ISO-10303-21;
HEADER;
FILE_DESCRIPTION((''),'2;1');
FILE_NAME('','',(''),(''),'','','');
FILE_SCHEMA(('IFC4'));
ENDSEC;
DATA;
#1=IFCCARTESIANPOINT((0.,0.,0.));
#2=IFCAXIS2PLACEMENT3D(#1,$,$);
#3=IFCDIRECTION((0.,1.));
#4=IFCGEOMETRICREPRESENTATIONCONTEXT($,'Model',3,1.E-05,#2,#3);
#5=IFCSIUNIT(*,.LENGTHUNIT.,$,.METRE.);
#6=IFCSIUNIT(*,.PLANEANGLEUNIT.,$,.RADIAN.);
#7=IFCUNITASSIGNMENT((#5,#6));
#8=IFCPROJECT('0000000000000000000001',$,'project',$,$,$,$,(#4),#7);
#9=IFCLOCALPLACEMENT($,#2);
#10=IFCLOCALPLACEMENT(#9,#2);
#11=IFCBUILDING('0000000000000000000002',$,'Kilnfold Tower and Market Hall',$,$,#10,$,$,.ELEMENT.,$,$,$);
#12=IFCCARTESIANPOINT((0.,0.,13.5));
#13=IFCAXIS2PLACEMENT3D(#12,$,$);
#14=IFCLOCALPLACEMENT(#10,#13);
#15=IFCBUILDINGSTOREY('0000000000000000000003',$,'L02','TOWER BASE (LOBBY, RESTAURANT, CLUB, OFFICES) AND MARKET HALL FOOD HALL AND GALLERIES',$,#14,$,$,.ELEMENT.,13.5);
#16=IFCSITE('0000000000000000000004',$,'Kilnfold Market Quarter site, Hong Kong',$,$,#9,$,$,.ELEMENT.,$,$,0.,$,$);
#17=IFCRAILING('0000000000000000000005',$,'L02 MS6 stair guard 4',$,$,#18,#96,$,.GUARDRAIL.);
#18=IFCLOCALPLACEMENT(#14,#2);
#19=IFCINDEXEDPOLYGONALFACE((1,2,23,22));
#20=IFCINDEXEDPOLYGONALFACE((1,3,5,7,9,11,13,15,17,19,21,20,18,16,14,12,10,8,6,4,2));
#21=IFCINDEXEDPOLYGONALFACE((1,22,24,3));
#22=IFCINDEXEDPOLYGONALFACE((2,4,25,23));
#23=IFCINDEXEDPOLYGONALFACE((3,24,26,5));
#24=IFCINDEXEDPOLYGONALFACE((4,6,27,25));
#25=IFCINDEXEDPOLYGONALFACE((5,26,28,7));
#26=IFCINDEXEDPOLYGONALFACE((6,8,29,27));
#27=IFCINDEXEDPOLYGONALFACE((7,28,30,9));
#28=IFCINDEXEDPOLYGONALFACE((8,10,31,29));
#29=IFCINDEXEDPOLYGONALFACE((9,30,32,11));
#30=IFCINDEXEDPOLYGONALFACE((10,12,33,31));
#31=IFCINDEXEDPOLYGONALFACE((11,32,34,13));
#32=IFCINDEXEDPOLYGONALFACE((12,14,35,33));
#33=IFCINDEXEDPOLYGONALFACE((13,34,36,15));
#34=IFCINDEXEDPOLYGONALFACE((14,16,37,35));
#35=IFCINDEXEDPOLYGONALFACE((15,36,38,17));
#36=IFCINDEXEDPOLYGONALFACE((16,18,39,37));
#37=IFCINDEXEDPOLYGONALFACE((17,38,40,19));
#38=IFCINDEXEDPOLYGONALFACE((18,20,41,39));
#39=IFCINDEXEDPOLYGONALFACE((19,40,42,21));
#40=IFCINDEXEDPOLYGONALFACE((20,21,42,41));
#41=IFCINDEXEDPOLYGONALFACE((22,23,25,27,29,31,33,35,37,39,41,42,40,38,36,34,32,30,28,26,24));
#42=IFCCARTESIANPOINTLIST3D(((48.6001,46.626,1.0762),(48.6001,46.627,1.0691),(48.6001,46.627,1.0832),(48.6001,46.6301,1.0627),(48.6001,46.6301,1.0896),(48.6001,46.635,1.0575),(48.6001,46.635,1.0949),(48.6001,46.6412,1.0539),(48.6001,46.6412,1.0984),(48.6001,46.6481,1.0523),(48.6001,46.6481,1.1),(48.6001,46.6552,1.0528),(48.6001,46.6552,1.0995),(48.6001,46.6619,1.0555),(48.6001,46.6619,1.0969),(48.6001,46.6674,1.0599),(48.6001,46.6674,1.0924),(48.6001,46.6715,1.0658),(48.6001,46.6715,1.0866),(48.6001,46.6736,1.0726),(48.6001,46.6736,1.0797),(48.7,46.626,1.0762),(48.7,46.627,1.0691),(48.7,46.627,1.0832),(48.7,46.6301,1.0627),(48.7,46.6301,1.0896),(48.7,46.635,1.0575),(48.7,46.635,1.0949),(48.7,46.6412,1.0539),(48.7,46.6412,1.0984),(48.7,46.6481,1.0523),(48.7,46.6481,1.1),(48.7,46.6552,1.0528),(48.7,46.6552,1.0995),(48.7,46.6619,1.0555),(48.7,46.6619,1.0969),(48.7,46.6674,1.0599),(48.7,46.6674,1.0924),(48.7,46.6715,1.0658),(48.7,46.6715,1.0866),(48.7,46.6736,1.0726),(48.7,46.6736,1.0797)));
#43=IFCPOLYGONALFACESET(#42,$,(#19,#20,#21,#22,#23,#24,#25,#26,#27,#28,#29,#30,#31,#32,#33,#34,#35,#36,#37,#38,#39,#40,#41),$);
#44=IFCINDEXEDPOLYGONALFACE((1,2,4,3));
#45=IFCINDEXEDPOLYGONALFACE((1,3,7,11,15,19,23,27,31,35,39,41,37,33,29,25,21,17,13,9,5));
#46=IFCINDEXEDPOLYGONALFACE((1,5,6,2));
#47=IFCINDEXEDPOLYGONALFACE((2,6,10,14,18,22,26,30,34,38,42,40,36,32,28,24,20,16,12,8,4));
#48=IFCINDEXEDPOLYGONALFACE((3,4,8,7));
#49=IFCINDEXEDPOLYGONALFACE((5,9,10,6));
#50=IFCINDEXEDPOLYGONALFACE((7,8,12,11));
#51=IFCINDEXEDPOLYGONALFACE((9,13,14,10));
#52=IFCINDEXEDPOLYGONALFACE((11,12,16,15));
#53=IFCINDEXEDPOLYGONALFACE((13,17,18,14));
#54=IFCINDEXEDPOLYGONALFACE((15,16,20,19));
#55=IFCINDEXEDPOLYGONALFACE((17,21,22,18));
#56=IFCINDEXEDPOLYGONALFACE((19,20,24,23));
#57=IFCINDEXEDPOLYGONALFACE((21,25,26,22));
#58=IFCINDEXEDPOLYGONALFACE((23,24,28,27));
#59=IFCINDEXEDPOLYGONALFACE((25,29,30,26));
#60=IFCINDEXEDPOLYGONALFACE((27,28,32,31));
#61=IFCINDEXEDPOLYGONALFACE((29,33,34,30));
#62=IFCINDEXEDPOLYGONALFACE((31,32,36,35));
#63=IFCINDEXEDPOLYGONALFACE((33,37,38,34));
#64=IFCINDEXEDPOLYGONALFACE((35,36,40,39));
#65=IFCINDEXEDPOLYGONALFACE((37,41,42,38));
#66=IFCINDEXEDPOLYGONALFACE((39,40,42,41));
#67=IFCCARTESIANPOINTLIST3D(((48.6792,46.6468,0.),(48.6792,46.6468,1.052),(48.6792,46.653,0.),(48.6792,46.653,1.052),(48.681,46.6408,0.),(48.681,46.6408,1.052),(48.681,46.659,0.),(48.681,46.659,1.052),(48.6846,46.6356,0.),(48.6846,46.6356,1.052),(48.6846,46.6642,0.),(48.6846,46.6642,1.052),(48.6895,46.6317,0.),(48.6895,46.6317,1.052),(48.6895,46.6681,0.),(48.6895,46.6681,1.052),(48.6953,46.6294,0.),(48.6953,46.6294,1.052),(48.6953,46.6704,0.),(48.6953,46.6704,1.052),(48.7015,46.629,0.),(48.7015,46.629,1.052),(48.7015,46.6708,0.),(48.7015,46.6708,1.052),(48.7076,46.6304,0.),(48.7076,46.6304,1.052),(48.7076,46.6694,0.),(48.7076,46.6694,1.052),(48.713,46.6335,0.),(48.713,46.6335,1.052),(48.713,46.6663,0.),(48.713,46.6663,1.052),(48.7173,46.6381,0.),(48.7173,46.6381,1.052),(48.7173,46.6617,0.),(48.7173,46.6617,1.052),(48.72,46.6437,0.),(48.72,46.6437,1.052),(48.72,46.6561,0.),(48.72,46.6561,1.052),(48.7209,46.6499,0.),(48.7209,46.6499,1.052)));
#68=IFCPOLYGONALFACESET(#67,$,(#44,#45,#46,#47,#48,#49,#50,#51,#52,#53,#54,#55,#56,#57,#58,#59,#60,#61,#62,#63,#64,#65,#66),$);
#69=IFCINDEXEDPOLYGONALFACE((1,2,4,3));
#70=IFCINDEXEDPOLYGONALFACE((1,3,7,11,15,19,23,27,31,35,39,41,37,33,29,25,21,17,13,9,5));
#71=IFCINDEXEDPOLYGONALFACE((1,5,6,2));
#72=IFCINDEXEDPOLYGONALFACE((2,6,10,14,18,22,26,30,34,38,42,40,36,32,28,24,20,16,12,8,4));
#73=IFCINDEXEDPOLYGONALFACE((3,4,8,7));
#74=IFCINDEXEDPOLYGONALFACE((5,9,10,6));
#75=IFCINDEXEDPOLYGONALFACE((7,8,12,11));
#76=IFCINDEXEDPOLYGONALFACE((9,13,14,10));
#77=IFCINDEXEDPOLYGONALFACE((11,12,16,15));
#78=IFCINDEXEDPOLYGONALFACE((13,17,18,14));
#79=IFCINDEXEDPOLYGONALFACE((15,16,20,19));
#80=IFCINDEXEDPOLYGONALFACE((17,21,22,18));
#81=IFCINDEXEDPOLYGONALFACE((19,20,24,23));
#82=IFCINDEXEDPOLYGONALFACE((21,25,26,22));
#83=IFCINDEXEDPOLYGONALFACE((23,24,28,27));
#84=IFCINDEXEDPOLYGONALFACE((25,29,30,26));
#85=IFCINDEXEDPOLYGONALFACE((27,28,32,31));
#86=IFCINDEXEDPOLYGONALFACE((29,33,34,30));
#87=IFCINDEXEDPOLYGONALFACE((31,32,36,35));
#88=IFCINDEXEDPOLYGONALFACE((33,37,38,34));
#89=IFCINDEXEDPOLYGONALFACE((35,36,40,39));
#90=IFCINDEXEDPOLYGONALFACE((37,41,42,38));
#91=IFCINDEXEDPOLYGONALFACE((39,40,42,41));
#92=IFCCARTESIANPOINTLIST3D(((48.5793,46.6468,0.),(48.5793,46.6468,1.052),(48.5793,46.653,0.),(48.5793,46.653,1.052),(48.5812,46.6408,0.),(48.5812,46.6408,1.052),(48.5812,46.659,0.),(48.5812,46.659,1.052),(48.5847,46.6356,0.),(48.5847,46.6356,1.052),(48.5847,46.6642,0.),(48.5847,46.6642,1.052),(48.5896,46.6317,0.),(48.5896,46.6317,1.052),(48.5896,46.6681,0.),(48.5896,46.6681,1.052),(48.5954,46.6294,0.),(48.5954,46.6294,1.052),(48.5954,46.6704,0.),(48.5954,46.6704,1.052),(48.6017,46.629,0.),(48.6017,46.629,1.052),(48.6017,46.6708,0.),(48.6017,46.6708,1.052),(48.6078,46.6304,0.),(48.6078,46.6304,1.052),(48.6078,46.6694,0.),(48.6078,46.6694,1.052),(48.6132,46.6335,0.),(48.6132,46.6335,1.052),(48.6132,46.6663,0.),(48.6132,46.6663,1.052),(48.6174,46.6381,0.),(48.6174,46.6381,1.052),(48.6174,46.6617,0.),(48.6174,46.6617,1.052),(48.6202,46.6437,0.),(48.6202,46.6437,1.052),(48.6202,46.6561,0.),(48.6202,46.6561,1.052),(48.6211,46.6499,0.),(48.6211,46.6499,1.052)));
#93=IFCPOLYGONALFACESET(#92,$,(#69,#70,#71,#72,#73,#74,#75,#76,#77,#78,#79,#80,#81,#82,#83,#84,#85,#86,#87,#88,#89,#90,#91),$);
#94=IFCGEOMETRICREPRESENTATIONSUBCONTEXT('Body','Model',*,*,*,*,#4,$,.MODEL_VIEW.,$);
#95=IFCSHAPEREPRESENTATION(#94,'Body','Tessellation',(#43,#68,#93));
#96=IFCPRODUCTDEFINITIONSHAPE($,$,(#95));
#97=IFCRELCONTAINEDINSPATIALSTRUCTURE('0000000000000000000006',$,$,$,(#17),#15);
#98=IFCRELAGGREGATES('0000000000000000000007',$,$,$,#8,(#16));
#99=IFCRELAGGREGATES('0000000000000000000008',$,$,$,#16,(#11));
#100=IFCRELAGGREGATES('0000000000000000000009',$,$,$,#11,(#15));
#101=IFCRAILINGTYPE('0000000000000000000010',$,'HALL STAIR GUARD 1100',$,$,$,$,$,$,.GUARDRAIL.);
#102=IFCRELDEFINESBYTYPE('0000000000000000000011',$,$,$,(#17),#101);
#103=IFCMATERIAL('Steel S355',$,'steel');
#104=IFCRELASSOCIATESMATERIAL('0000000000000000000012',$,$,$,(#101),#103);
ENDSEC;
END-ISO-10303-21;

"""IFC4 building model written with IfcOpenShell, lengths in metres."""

from ifc_helpers import new_model, si_unit, direction, frame, origin, origin_2d, place, context, subcontext, project, spatial, circle, extrude, material, type_object, element, save


model = new_model("IFC4")

# Units and contexts
model_context = context("Model", 3, precision=1e-05, world=origin(), true_north=direction((0.0, 1.0)))
body_context = subcontext(model_context, "Body", "Model", "MODEL_VIEW")
ifc_project = project(units=[si_unit("LENGTHUNIT", "METRE"), si_unit("PLANEANGLEUNIT", "RADIAN")], contexts=[model_context])

# Site, building, storey
site_placement = place(None, origin())
site = spatial("IfcSite", under=ifc_project, at=site_placement, Name="Kilnfold Market Quarter site, Hong Kong", CompositionType="ELEMENT", RefElevation=0.0)
building_placement = place(site_placement, origin())
building = spatial("IfcBuilding", under=site, at=building_placement, Name="Kilnfold Tower and Market Hall", CompositionType="ELEMENT")
storey_placement = place(building_placement, frame((0.0, 0.0, 13.5)))
storey = spatial("IfcBuildingStorey", under=building, at=storey_placement, Name="L02", Description="TOWER BASE (LOBBY, RESTAURANT, CLUB, OFFICES) AND MARKET HALL FOOD HALL AND GALLERIES", CompositionType="ELEMENT", Elevation=13.5)

# Railing
ifc_material_1 = material(Name="Steel S355", Category="steel")
railing_type_1 = type_object("IfcRailingType", Name="HALL STAIR GUARD 1100", PredefinedType="GUARDRAIL", material=ifc_material_1)
railing_1_placement = place(storey_placement, frame((48.7, 46.6499, 0.0)))
element("IfcRailing", 1, at=railing_1_placement, inside=storey, type_object=railing_type_1, Name="L02 MS6 stair guard 4", PredefinedType="GUARDRAIL", context=body_context, shape_type="SweptSolid", body=[
    extrude(circle(Radius=0.0239, at=origin_2d()), frame((0.0, 0.0, 1.0762), z_axis=(-1.0, 0.0, 0.0), x_axis=(0.0, -1.0, 0.0)), (0.0, 0.0, 1.0), 0.0999),
    extrude(circle(Radius=0.021, at=origin_2d()), origin(), (0.0, 0.0, 1.0), 1.052),
    extrude(circle(Radius=0.021, at=origin_2d()), frame((-0.0999, 0.0, 0.0)), (0.0, 0.0, 1.0), 1.052),
])

save(model, "model.ifc")
